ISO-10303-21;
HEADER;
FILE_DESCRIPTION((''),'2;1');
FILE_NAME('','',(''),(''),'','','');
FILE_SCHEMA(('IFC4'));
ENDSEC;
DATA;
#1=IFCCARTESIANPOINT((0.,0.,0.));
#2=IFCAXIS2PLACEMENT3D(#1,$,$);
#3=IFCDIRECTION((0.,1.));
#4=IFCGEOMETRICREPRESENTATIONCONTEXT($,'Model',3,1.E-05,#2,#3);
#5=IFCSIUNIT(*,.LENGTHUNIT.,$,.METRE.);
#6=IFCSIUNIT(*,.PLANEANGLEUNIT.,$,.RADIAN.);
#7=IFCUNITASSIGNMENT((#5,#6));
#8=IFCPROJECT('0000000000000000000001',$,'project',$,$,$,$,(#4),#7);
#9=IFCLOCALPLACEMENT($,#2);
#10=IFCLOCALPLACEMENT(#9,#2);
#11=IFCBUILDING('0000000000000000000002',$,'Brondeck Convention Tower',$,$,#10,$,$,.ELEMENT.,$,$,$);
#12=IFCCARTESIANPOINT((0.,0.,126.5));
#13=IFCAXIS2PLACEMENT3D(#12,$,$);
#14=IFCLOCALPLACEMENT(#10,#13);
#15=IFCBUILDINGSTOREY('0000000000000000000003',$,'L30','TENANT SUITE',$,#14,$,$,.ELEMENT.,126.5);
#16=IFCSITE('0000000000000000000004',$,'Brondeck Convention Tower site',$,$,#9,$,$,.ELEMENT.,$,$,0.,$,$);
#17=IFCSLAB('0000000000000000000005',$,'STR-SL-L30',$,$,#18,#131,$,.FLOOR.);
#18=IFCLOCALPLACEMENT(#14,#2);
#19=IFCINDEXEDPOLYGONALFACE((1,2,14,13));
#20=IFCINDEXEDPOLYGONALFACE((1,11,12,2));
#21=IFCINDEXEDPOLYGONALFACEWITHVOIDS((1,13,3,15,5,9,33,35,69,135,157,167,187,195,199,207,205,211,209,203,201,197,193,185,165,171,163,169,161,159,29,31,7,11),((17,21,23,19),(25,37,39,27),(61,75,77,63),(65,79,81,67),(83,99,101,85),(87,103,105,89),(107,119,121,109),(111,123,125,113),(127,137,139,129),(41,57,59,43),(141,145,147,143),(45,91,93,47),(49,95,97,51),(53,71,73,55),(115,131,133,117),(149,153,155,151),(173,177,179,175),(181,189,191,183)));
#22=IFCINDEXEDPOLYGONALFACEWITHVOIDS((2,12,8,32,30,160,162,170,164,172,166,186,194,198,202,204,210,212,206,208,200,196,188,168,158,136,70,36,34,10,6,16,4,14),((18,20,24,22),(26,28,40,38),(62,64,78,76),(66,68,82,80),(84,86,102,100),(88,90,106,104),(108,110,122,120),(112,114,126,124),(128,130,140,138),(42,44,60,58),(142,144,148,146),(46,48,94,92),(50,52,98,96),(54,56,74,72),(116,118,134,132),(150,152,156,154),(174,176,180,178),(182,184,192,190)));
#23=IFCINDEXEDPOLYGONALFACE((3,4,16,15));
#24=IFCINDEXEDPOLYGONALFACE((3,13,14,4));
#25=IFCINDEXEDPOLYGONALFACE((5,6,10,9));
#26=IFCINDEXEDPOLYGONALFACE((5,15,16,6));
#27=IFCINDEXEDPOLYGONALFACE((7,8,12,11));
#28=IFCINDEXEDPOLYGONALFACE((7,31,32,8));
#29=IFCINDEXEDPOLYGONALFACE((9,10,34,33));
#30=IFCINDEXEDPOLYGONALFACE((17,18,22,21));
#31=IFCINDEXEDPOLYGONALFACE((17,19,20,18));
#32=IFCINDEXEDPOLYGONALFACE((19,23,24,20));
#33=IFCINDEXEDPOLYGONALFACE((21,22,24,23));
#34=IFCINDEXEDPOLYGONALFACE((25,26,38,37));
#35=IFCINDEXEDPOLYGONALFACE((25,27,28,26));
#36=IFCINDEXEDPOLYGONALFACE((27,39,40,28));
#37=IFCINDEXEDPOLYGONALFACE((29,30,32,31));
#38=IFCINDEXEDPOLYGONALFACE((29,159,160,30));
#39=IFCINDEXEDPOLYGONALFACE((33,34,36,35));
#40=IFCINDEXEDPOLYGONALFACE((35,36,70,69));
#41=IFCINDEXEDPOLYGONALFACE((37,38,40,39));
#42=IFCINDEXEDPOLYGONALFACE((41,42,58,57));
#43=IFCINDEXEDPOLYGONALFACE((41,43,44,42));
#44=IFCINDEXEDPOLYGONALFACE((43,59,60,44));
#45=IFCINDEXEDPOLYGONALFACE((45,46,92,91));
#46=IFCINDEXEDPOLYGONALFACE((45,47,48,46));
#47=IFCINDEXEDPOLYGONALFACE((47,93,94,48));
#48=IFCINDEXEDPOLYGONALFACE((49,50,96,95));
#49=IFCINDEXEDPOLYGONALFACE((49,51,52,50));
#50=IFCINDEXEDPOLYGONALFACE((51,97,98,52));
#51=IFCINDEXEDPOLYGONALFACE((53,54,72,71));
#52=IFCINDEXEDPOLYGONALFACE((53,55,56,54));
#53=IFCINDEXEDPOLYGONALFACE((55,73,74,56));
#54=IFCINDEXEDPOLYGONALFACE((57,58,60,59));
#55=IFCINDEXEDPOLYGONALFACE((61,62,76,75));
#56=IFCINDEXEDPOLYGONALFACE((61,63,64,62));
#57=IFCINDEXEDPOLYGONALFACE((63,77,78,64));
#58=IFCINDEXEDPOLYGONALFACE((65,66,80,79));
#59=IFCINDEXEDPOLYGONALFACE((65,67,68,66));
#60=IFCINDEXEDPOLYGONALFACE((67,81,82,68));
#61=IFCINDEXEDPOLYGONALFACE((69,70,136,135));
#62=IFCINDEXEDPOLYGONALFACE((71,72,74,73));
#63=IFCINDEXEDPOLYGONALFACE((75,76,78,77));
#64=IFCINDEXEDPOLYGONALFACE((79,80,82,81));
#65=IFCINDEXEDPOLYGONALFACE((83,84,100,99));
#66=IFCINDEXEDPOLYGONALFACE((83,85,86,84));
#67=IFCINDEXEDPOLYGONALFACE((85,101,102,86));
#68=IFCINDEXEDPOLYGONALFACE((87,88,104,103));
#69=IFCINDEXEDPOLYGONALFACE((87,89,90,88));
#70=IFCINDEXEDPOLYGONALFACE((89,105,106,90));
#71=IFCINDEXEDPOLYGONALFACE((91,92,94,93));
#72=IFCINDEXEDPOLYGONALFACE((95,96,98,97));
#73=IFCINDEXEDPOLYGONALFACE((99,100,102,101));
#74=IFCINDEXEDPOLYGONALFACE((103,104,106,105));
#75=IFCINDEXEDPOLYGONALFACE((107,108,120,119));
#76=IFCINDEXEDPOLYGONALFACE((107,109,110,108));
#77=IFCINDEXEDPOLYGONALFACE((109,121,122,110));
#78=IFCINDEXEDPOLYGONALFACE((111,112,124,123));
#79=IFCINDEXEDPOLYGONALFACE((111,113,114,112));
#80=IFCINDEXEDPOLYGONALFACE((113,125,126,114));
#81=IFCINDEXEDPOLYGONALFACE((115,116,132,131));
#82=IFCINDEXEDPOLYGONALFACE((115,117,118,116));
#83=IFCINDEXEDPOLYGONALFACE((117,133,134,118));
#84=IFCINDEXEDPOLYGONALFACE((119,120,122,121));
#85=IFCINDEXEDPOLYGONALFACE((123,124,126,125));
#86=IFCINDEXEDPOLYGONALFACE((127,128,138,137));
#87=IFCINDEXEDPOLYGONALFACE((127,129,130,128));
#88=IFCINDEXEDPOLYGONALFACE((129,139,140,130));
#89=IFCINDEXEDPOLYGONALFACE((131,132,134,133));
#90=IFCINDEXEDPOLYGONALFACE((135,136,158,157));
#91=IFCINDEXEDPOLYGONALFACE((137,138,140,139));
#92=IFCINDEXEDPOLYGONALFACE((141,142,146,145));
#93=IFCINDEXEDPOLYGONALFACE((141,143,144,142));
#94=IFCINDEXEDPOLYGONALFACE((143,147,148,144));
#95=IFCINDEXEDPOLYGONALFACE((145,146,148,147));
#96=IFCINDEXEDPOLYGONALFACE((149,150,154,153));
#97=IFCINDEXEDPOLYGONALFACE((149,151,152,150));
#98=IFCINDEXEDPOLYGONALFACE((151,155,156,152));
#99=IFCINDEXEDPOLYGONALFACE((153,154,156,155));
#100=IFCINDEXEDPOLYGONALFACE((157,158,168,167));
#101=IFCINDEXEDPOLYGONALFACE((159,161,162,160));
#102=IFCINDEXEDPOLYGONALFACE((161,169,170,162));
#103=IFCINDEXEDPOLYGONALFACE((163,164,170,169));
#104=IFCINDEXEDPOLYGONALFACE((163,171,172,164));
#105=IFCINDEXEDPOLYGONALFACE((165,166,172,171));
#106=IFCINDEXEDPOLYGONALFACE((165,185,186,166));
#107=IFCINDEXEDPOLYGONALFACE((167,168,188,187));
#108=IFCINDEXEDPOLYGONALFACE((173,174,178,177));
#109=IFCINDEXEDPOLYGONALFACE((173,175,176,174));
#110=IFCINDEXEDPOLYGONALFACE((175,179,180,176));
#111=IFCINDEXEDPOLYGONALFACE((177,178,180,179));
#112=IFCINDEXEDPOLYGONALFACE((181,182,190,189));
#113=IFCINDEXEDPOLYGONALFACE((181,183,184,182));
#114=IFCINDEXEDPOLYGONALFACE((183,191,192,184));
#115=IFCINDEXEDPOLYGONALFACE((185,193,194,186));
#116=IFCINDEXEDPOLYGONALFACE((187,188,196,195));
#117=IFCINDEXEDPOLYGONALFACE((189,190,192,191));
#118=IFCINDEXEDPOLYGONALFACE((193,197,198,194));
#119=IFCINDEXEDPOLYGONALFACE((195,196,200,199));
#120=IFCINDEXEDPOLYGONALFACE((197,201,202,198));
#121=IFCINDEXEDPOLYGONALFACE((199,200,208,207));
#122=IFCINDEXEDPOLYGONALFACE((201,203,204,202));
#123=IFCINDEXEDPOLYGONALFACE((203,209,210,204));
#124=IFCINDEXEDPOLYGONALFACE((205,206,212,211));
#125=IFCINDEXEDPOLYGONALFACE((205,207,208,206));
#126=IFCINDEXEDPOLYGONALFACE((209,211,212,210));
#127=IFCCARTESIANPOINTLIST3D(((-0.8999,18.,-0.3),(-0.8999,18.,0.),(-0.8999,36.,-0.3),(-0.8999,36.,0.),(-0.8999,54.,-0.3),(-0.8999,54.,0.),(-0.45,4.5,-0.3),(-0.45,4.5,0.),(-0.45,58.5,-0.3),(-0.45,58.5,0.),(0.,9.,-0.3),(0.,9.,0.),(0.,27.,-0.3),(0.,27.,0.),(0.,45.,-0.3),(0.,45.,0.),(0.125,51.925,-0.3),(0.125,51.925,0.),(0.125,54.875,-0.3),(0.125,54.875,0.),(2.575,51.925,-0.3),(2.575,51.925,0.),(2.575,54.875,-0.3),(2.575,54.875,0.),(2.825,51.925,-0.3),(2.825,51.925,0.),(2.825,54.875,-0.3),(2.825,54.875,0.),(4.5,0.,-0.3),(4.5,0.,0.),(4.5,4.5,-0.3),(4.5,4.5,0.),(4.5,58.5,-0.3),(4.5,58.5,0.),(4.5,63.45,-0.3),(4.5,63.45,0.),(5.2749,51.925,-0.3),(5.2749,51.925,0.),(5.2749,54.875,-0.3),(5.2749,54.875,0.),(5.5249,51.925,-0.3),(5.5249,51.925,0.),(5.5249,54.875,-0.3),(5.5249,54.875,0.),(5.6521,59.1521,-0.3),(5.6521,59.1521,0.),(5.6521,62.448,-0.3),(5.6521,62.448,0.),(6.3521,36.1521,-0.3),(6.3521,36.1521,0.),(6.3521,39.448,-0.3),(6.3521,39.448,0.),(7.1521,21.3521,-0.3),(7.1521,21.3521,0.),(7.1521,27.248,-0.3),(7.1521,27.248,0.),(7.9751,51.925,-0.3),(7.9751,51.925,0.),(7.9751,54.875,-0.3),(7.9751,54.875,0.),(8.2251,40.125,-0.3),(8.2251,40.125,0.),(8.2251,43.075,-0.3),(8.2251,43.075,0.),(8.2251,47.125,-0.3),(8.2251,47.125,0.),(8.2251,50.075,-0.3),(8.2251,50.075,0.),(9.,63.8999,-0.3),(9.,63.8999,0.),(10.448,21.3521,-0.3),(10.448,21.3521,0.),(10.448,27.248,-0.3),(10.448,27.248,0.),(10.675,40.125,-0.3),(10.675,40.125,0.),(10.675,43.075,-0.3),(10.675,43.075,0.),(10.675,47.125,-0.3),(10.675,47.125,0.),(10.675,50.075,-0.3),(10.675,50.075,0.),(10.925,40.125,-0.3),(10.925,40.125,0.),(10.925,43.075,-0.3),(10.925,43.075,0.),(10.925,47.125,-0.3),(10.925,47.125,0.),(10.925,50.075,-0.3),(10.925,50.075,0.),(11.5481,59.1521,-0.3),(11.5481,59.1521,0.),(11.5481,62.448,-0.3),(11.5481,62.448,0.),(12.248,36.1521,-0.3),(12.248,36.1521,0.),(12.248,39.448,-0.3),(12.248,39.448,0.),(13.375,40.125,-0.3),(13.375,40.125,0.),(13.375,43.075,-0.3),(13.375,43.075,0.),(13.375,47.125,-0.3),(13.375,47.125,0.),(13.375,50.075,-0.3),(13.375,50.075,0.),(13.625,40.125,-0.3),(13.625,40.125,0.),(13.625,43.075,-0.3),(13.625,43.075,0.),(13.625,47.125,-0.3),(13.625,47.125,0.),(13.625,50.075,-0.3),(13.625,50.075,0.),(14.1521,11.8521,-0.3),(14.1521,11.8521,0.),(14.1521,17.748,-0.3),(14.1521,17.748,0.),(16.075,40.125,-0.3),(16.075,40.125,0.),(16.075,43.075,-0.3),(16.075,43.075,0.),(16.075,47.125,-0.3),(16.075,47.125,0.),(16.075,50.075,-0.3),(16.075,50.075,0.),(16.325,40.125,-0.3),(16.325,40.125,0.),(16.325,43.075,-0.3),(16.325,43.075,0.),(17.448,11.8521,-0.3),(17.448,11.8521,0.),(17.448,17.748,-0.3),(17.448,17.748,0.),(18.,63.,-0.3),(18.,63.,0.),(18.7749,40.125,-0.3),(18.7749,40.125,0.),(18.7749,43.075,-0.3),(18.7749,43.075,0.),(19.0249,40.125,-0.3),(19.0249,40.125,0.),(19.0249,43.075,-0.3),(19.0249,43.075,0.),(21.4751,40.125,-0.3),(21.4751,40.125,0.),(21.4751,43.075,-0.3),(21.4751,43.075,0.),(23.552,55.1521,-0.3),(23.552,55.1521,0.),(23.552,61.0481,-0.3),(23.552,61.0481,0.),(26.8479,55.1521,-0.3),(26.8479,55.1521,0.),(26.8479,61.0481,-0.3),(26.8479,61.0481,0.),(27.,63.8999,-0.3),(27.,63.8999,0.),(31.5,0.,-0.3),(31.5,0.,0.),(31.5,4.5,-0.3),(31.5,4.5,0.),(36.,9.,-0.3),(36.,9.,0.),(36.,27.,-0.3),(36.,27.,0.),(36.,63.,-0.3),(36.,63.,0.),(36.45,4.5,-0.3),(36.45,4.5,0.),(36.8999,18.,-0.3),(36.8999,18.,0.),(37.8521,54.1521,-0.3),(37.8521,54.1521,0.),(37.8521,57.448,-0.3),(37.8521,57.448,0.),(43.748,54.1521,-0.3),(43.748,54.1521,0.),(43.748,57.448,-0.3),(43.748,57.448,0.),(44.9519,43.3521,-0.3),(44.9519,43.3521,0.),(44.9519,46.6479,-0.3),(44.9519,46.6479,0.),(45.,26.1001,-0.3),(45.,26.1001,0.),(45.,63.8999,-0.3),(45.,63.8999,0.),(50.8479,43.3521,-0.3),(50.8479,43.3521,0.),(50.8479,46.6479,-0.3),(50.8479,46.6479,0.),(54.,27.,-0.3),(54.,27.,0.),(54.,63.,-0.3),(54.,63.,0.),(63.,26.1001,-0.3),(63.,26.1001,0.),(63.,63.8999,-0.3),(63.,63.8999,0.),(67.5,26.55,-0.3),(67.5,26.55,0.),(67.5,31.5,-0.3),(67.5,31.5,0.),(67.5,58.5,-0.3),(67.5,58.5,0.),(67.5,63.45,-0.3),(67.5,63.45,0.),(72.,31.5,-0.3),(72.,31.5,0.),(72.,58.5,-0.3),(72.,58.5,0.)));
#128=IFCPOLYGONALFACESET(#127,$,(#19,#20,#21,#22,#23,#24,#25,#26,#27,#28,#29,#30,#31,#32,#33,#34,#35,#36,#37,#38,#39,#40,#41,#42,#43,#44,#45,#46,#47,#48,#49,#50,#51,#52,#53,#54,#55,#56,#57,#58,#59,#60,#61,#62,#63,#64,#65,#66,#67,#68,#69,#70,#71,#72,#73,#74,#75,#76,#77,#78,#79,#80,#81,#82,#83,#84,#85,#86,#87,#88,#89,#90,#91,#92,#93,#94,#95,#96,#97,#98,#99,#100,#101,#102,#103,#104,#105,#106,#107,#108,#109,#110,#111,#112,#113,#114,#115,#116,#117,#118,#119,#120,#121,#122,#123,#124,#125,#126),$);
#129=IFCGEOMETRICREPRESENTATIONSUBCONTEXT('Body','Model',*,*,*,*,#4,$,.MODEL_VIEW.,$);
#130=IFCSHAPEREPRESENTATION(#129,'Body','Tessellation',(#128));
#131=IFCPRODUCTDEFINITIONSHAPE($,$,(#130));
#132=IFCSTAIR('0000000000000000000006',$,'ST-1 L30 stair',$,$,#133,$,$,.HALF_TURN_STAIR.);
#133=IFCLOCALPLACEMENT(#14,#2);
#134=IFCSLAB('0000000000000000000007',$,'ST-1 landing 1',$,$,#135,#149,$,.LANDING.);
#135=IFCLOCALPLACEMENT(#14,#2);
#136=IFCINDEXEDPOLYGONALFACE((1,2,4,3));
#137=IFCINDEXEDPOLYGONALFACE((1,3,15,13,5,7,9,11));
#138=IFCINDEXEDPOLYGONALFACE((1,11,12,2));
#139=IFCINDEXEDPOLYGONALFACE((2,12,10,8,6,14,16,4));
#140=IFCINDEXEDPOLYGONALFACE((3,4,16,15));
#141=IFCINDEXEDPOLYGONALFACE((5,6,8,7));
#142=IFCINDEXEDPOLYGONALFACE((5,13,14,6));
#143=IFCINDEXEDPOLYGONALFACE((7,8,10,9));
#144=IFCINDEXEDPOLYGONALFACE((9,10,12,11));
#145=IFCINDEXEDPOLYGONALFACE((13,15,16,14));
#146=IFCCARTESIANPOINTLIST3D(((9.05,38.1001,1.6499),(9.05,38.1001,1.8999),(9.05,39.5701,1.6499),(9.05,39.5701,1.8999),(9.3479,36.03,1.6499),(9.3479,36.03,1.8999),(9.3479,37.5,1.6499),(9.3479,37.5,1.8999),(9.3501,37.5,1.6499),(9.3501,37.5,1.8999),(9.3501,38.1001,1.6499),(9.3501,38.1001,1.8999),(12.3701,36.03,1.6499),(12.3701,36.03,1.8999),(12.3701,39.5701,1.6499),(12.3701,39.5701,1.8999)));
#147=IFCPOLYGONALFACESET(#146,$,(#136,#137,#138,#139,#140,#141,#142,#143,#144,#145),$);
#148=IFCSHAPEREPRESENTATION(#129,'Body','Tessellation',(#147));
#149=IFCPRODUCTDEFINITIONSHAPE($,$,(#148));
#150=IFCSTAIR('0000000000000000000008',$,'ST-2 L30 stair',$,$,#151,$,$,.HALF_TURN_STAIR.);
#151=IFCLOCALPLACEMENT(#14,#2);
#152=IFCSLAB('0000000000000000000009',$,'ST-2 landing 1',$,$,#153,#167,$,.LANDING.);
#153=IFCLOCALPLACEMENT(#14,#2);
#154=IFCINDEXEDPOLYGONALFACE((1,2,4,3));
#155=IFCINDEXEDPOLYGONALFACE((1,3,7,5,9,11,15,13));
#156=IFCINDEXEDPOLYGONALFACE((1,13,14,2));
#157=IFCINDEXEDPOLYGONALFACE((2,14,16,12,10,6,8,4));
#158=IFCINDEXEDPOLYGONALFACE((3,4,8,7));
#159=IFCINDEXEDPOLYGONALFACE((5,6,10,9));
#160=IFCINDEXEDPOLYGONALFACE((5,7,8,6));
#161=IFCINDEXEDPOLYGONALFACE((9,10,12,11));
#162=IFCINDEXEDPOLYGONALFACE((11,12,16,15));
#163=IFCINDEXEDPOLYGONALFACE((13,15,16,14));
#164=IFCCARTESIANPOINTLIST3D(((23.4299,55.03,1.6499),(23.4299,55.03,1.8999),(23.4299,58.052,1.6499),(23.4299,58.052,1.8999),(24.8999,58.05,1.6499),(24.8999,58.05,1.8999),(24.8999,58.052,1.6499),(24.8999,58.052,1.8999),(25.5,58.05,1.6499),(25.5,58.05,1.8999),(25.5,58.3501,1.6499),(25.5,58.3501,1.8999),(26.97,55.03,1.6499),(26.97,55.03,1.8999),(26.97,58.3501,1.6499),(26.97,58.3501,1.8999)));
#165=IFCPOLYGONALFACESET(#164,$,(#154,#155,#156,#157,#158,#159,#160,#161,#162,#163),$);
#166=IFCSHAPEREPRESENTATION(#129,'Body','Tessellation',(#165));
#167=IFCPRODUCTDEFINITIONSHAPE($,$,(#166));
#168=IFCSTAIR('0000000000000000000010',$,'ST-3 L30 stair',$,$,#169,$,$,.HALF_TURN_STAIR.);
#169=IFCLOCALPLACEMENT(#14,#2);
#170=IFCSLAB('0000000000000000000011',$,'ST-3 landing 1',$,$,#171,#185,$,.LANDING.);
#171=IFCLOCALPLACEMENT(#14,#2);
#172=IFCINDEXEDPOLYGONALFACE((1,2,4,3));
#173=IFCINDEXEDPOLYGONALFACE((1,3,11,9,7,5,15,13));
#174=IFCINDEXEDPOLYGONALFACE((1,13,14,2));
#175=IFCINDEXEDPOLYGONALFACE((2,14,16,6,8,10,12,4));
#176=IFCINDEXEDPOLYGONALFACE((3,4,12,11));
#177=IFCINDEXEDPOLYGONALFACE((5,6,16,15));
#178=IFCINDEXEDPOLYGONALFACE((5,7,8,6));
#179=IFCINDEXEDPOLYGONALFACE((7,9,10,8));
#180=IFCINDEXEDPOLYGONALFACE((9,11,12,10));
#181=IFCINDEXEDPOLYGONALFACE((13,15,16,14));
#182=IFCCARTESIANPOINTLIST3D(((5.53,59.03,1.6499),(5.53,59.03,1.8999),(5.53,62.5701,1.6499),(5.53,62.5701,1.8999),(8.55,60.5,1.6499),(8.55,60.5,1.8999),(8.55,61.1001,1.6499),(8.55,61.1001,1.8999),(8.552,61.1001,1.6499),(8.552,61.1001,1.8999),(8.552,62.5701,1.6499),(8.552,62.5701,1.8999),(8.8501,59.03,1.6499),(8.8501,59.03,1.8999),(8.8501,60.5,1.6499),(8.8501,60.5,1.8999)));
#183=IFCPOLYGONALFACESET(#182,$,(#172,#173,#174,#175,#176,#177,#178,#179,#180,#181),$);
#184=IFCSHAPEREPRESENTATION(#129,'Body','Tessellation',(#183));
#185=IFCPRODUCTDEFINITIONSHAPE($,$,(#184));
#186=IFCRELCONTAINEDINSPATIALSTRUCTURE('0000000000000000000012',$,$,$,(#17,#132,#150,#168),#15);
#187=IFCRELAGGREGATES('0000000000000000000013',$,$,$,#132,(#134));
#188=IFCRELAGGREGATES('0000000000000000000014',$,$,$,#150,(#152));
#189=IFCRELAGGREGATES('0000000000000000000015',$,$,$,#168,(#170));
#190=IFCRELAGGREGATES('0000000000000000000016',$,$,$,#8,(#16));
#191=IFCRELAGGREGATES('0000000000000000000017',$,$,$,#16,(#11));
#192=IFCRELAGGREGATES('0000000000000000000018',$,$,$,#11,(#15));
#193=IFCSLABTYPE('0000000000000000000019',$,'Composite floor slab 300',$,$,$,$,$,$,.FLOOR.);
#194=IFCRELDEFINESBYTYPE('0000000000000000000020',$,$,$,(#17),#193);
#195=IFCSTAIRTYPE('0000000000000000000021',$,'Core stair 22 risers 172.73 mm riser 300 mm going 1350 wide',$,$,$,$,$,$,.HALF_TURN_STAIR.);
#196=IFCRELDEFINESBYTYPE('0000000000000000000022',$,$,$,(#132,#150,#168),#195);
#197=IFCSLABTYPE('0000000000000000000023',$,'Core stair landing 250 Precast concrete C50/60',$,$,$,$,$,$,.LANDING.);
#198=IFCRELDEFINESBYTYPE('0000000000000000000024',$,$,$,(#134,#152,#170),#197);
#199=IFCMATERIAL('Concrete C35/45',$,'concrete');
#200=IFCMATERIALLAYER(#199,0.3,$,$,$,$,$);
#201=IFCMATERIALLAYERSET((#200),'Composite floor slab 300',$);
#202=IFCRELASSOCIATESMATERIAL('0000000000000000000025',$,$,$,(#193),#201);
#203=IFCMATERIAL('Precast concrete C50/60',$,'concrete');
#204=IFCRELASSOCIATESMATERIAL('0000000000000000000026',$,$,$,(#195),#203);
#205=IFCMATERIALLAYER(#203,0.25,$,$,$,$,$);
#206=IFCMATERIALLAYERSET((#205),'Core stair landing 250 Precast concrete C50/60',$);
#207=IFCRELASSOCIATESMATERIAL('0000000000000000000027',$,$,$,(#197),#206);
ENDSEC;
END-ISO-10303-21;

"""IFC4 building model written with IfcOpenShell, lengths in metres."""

from ifc_helpers import new_model, si_unit, direction, frame, origin, place, context, subcontext, project, spatial, polyline, outline, extrude, material, layer, layer_set, type_object, element, aggregate, save


model = new_model("IFC4")

# Units and contexts
model_context = context("Model", 3, precision=1e-05, world=origin(), true_north=direction((0.0, 1.0)))
body_context = subcontext(model_context, "Body", "Model", "MODEL_VIEW")
ifc_project = project(units=[si_unit("LENGTHUNIT", "METRE"), si_unit("PLANEANGLEUNIT", "RADIAN")], contexts=[model_context])

# Site, building, storey
site_placement = place(None, origin())
site = spatial("IfcSite", under=ifc_project, at=site_placement, Name="Brondeck Convention Tower site", CompositionType="ELEMENT", RefElevation=0.0)
building_placement = place(site_placement, origin())
building = spatial("IfcBuilding", under=site, at=building_placement, Name="Brondeck Convention Tower", CompositionType="ELEMENT")
storey_placement = place(building_placement, frame((0.0, 0.0, 126.5)))
storey = spatial("IfcBuildingStorey", under=building, at=storey_placement, Name="L30", Description="TENANT SUITE", CompositionType="ELEMENT", Elevation=126.5)

# Slab
ifc_material_1 = material(Name="Concrete C35/45", Category="concrete")
ifc_layer_1 = layer(ifc_material_1, 0.3)
ifc_layer_set_1 = layer_set([ifc_layer_1], Name="Composite floor slab 300")
slab_type_1 = type_object("IfcSlabType", Name="Composite floor slab 300", PredefinedType="FLOOR", material=ifc_layer_set_1)
slab_1_placement = place(storey_placement, frame((0.0, 0.0, -0.3)))
element("IfcSlab", 1, at=slab_1_placement, inside=storey, type_object=slab_type_1, Name="STR-SL-L30", PredefinedType="FLOOR", context=body_context, shape_type="SweptSolid", body=[
    extrude(outline(polyline([(4.5, 4.5), (-0.45, 4.5), (0.0, 9.0), (-0.8999, 18.0), (0.0, 27.0), (-0.8999, 36.0), (0.0, 45.0), (-0.8999, 54.0), (-0.45, 58.5), (4.5, 58.5), (4.5, 63.45), (9.0, 63.8999), (18.0, 63.0), (27.0, 63.8999), (36.0, 63.0), (45.0, 63.8999), (54.0, 63.0), (63.0, 63.8999), (67.5, 63.45), (67.5, 58.5), (72.0, 58.5), (72.0, 31.5), (67.5, 31.5), (67.5, 26.55), (63.0, 26.1001), (54.0, 27.0), (45.0, 26.1001), (36.0, 27.0), (36.8999, 18.0), (36.0, 9.0), (36.45, 4.5), (31.5, 4.5), (31.5, 0.0), (4.5, 0.0), (4.5, 4.5)]), holes=[polyline([(10.448, 27.248), (7.1521, 27.248), (7.1521, 21.3521), (10.448, 21.3521), (10.448, 27.248)]), polyline([(12.248, 36.1521), (12.248, 39.448), (6.3521, 39.448), (6.3521, 36.1521), (12.248, 36.1521)]), polyline([(10.675, 40.125), (10.675, 43.075), (8.2251, 43.075), (8.2251, 40.125), (10.675, 40.125)]), polyline([(10.675, 47.125), (10.675, 50.075), (8.2251, 50.075), (8.2251, 47.125), (10.675, 47.125)]), polyline([(13.375, 47.125), (13.375, 50.075), (10.925, 50.075), (10.925, 47.125), (13.375, 47.125)]), polyline([(2.575, 51.925), (2.575, 54.875), (0.125, 54.875), (0.125, 51.925), (2.575, 51.925)]), polyline([(5.2749, 51.925), (5.2749, 54.875), (2.825, 54.875), (2.825, 51.925), (5.2749, 51.925)]), polyline([(5.5249, 51.925), (7.9751, 51.925), (7.9751, 54.875), (5.5249, 54.875), (5.5249, 51.925)]), polyline([(11.5481, 62.448), (5.6521, 62.448), (5.6521, 59.1521), (11.5481, 59.1521), (11.5481, 62.448)]), polyline([(17.448, 17.748), (14.1521, 17.748), (14.1521, 11.8521), (17.448, 11.8521), (17.448, 17.748)]), polyline([(13.375, 40.125), (13.375, 43.075), (10.925, 43.075), (10.925, 40.125), (13.375, 40.125)]), polyline([(16.075, 40.125), (16.075, 43.075), (13.625, 43.075), (13.625, 40.125), (16.075, 40.125)]), polyline([(18.7749, 40.125), (18.7749, 43.075), (16.325, 43.075), (16.325, 40.125), (18.7749, 40.125)]), polyline([(21.4751, 40.125), (21.4751, 43.075), (19.0249, 43.075), (19.0249, 40.125), (21.4751, 40.125)]), polyline([(50.8479, 43.3521), (50.8479, 46.6479), (44.9519, 46.6479), (44.9519, 43.3521), (50.8479, 43.3521)]), polyline([(16.075, 47.125), (16.075, 50.075), (13.625, 50.075), (13.625, 47.125), (16.075, 47.125)]), polyline([(37.8521, 54.1521), (43.748, 54.1521), (43.748, 57.448), (37.8521, 57.448), (37.8521, 54.1521)]), polyline([(23.552, 61.0481), (23.552, 55.1521), (26.8479, 55.1521), (26.8479, 61.0481), (23.552, 61.0481)])]), origin(), (0.0, 0.0, 1.0), 0.3),
])

# Stairs, slabs
ifc_material_2 = material(Name="Precast concrete C50/60", Category="concrete")
stair_type = type_object("IfcStairType", Name="Core stair 22 risers 172.73 mm riser 300 mm going 1350 wide", PredefinedType="HALF_TURN_STAIR", material=ifc_material_2)
stair_1_placement = place(storey_placement, origin())
stair_1 = element("IfcStair", 2, at=stair_1_placement, inside=storey, type_object=stair_type, Name="ST-1 L30 stair", PredefinedType="HALF_TURN_STAIR")
ifc_layer_2 = layer(ifc_material_2, 0.25)
ifc_layer_set_2 = layer_set([ifc_layer_2], Name="Core stair landing 250 Precast concrete C50/60")
slab_type_2 = type_object("IfcSlabType", Name="Core stair landing 250 Precast concrete C50/60", PredefinedType="LANDING", material=ifc_layer_set_2)
slab_2_placement = place(storey_placement, frame((0.0, 0.0, 1.6499)))
slab_2 = element("IfcSlab", 3, at=slab_2_placement, type_object=slab_type_2, Name="ST-1 landing 1", PredefinedType="LANDING", context=body_context, shape_type="SweptSolid", body=[
    extrude(outline(polyline([(9.3479, 37.5), (9.3501, 37.5), (9.3501, 38.1001), (9.05, 38.1001), (9.05, 39.5701), (12.3701, 39.5701), (12.3701, 36.03), (9.3479, 36.03), (9.3479, 37.5)])), origin(), (0.0, 0.0, 1.0), 0.25),
])
aggregate(stair_1, [slab_2])
stair_2_placement = place(storey_placement, origin())
stair_2 = element("IfcStair", 4, at=stair_2_placement, inside=storey, type_object=stair_type, Name="ST-2 L30 stair", PredefinedType="HALF_TURN_STAIR")
slab_3_placement = place(storey_placement, frame((0.0, 0.0, 1.6499)))
slab_3 = element("IfcSlab", 5, at=slab_3_placement, type_object=slab_type_2, Name="ST-2 landing 1", PredefinedType="LANDING", context=body_context, shape_type="SweptSolid", body=[
    extrude(outline(polyline([(23.4299, 58.052), (24.8999, 58.052), (24.8999, 58.05), (25.5, 58.05), (25.5, 58.3501), (26.97, 58.3501), (26.97, 55.03), (23.4299, 55.03), (23.4299, 58.052)])), origin(), (0.0, 0.0, 1.0), 0.25),
])
aggregate(stair_2, [slab_3])
stair_3_placement = place(storey_placement, origin())
stair_3 = element("IfcStair", 6, at=stair_3_placement, inside=storey, type_object=stair_type, Name="ST-3 L30 stair", PredefinedType="HALF_TURN_STAIR")
slab_4_placement = place(storey_placement, frame((0.0, 0.0, 1.6499)))
slab_4 = element("IfcSlab", 7, at=slab_4_placement, type_object=slab_type_2, Name="ST-3 landing 1", PredefinedType="LANDING", context=body_context, shape_type="SweptSolid", body=[
    extrude(outline(polyline([(8.8501, 60.5), (8.8501, 59.03), (5.53, 59.03), (5.53, 62.5701), (8.552, 62.5701), (8.552, 61.1001), (8.55, 61.1001), (8.55, 60.5), (8.8501, 60.5)])), origin(), (0.0, 0.0, 1.0), 0.25),
])
aggregate(stair_3, [slab_4])

save(model, "model.ifc")
